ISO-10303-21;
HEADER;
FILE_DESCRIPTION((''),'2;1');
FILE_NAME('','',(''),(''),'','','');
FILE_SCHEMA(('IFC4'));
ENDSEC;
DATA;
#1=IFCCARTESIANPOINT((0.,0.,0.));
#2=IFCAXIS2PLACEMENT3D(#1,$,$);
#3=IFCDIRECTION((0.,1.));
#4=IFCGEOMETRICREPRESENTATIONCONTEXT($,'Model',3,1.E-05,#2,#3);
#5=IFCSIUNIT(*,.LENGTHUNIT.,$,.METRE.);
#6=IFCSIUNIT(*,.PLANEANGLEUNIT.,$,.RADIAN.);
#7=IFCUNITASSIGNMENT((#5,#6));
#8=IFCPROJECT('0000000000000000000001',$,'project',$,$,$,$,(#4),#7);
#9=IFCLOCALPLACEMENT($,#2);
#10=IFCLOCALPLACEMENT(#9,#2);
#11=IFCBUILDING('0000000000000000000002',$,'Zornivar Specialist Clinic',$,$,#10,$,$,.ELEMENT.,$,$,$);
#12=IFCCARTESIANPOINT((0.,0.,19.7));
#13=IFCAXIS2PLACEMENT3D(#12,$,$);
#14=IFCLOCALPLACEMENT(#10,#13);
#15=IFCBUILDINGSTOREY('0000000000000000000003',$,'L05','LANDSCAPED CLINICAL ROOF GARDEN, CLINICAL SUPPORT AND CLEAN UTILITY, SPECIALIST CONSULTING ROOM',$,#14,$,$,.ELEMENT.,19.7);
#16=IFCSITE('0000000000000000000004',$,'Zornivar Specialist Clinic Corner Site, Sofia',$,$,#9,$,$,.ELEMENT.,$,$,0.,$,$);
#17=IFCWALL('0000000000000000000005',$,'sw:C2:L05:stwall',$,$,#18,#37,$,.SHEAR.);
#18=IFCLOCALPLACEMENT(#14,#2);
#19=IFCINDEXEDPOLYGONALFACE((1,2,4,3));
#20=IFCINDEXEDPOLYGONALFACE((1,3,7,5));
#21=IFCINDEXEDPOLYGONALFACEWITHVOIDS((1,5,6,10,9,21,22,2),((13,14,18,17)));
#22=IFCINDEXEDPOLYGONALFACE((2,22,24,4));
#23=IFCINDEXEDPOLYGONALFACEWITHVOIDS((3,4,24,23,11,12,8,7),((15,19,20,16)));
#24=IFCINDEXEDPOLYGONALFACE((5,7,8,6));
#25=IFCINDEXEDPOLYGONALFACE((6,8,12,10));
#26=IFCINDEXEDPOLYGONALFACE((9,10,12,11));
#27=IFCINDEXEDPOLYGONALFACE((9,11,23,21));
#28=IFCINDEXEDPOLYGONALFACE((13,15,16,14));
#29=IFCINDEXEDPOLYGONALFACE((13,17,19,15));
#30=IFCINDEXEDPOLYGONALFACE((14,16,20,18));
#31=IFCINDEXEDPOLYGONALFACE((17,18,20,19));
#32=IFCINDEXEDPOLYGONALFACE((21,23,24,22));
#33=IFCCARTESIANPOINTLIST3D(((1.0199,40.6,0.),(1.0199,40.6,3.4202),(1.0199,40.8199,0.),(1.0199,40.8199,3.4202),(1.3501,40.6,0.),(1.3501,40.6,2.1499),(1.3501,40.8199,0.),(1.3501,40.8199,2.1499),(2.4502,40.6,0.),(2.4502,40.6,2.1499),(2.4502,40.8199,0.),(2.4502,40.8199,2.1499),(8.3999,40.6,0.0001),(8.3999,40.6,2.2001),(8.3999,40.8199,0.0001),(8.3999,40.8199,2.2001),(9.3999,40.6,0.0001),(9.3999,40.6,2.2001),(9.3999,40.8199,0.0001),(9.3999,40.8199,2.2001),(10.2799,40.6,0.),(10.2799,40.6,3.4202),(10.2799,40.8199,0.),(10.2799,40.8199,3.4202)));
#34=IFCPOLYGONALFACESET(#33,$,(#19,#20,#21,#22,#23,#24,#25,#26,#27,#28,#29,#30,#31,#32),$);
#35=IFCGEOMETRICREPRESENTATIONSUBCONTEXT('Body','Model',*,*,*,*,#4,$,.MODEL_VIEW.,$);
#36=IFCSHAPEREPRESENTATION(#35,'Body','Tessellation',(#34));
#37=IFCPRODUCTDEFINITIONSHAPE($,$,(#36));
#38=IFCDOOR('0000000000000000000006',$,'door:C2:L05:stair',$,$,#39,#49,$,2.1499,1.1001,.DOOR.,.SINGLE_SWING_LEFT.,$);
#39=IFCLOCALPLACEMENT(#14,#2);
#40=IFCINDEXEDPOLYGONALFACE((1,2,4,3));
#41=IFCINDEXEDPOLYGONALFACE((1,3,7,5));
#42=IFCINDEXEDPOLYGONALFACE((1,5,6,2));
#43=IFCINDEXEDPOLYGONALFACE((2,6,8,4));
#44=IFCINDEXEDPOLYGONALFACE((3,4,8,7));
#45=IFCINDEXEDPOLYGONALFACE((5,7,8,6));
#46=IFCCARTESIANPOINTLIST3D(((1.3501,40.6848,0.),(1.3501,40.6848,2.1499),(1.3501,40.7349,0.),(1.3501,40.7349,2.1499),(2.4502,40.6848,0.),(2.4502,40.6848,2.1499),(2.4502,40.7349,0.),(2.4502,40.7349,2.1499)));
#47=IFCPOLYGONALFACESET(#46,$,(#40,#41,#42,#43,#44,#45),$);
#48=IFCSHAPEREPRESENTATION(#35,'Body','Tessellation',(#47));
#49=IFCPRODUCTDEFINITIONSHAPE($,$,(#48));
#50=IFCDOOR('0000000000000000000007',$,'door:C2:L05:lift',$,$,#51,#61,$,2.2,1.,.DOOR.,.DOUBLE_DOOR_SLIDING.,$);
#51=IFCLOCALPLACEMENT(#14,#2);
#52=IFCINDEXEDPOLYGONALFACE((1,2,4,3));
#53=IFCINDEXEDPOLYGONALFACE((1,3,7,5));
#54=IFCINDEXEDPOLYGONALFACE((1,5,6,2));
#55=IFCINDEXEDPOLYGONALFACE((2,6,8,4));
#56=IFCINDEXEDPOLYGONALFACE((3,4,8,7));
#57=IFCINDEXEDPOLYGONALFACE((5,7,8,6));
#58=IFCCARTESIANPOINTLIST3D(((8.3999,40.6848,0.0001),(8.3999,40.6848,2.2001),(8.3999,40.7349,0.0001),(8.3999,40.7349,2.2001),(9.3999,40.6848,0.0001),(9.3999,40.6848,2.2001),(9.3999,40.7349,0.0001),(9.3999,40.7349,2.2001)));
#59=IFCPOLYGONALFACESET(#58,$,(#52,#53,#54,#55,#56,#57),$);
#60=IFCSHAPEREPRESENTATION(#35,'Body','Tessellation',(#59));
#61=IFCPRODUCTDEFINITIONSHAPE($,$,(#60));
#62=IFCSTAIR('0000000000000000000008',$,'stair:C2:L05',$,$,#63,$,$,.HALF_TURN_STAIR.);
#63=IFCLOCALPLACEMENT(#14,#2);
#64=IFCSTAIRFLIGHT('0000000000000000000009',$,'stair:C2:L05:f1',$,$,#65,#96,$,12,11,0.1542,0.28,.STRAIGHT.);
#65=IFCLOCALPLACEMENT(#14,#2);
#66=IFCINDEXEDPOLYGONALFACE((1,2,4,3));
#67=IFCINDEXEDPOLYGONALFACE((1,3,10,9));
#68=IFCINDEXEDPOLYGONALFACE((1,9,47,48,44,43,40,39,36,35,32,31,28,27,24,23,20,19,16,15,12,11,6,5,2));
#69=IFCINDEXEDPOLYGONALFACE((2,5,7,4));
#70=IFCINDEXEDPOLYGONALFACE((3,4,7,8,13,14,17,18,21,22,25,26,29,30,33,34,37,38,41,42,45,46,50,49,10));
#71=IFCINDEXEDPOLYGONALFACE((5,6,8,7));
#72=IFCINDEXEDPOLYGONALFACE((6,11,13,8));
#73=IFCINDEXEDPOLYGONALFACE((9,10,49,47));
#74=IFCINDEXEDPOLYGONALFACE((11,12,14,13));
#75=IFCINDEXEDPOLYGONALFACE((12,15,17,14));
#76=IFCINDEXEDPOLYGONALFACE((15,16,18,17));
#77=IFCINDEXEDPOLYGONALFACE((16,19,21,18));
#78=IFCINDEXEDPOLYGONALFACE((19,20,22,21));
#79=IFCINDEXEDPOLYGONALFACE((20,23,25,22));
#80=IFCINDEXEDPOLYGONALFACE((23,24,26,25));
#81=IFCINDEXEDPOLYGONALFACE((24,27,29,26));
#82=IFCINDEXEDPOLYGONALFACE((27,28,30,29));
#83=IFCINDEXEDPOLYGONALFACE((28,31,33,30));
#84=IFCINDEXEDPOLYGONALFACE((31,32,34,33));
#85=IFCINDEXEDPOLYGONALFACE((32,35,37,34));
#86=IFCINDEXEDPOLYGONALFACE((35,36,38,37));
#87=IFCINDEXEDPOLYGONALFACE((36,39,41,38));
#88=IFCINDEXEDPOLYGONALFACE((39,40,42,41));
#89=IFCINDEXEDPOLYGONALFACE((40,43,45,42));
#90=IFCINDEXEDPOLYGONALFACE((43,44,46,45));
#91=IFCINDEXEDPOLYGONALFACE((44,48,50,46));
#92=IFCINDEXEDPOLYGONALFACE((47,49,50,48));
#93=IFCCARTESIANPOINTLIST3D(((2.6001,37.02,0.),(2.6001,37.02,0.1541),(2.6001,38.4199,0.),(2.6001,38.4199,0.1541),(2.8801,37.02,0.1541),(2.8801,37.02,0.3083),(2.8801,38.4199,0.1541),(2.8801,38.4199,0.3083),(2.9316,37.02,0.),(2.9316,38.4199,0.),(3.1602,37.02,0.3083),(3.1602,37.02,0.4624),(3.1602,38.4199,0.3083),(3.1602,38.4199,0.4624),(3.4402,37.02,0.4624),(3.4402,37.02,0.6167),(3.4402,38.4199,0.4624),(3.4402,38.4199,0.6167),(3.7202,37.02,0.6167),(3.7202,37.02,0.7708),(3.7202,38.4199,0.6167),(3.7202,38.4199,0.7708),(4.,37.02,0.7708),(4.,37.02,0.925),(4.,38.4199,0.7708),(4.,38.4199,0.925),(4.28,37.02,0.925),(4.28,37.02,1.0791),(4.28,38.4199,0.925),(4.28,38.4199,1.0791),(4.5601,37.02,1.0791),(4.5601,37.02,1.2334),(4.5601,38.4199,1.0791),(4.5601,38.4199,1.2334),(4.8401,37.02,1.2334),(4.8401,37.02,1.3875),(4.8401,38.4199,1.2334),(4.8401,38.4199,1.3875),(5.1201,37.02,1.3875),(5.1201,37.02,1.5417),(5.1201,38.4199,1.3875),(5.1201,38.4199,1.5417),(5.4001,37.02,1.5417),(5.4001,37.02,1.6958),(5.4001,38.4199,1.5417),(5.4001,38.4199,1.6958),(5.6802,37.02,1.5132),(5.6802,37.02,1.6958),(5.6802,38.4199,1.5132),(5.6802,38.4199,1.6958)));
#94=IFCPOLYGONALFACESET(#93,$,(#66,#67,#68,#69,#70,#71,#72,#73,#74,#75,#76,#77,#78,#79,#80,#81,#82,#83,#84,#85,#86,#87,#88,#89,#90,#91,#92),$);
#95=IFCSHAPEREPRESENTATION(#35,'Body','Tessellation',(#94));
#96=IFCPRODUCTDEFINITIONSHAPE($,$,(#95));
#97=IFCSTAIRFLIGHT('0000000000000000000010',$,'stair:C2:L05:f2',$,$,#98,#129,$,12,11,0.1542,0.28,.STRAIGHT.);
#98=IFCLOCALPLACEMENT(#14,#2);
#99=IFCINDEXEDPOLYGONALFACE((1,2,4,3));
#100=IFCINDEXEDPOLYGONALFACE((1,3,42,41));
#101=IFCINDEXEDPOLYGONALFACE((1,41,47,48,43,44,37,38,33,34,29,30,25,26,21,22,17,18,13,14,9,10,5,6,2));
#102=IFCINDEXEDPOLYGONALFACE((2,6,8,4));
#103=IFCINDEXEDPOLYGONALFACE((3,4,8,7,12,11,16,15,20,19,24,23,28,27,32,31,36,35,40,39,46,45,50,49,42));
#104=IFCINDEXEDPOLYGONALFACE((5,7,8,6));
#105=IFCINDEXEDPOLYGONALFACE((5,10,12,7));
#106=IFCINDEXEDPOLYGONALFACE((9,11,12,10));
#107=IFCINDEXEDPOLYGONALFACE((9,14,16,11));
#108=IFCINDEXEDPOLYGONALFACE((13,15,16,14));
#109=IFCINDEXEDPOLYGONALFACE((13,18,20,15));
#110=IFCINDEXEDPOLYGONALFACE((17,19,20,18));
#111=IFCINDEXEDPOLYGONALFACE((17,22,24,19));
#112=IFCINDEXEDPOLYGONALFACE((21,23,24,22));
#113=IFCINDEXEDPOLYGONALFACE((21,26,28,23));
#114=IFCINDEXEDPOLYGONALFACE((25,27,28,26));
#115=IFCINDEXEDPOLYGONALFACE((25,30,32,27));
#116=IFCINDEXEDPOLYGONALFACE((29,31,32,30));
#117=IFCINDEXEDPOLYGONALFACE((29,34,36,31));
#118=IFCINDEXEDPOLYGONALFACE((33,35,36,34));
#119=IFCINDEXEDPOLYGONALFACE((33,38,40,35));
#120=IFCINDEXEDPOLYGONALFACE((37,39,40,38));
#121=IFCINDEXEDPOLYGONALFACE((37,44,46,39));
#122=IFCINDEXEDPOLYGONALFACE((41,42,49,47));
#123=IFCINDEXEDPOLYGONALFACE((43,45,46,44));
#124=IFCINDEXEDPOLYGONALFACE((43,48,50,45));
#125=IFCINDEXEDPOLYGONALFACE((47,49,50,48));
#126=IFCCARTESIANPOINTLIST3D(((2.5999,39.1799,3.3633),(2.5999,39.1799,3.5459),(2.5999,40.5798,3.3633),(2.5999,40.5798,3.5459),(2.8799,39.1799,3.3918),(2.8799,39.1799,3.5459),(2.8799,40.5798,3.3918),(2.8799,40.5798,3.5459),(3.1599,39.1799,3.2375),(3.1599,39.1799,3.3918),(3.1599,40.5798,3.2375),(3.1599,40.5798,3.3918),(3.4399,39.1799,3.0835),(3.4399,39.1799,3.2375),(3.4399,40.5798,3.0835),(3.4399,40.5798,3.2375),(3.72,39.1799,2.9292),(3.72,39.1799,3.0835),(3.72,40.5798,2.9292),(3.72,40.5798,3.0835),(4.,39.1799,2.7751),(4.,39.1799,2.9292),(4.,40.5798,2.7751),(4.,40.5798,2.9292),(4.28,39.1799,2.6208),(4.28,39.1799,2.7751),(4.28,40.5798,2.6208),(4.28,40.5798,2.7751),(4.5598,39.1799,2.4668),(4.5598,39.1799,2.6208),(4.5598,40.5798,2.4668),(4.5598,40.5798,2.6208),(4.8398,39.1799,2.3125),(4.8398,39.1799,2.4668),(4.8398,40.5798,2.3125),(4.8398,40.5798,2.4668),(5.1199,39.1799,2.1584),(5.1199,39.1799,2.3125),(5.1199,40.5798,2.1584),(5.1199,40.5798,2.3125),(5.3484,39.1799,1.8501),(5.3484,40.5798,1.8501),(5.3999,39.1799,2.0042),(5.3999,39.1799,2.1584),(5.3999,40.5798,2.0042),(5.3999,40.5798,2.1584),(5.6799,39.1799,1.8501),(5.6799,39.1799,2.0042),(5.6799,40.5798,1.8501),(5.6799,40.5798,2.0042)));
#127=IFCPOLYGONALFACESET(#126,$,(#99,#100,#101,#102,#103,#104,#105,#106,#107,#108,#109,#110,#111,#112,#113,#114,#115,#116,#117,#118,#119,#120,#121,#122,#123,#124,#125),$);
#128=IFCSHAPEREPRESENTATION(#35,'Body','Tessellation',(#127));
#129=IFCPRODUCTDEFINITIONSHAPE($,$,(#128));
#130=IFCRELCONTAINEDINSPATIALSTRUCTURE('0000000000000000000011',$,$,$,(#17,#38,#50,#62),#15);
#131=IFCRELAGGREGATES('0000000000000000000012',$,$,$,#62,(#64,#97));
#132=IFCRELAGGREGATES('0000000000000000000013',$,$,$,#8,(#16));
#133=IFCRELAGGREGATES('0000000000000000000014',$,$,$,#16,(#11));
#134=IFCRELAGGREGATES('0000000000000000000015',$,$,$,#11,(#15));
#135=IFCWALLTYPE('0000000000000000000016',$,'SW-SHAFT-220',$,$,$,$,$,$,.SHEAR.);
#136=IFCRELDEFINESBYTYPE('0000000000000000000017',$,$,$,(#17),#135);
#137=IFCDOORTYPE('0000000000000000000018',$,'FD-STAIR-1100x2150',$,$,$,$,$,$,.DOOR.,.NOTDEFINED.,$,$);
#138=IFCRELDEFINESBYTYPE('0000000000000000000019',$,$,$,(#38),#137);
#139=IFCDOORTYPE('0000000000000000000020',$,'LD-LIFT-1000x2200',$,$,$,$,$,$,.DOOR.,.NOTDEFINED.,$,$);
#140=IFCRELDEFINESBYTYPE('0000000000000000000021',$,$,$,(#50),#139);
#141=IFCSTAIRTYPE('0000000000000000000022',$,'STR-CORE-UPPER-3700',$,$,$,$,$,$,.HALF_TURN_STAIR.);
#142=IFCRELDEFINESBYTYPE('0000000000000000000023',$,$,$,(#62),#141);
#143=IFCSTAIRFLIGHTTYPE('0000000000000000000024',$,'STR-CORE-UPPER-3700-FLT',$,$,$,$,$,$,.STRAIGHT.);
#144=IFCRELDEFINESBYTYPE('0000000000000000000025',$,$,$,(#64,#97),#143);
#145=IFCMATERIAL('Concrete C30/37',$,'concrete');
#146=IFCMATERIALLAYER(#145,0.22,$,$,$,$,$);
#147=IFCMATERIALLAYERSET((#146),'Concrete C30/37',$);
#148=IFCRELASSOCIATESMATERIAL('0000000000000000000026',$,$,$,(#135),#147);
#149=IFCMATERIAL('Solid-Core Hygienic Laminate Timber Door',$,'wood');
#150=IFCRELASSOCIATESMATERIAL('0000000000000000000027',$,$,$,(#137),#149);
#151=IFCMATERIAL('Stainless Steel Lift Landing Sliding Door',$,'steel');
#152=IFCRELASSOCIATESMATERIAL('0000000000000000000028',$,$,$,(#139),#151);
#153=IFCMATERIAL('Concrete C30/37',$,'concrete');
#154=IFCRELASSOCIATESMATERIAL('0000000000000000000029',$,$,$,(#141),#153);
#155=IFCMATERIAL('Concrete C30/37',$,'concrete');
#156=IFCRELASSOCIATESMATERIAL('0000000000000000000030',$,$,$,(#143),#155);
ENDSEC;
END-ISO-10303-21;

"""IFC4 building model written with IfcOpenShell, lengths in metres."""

from ifc_helpers import new_model, si_unit, direction, frame, frame_2d, origin, place, context, subcontext, project, spatial, polyline, rectangle, outline, extrude, material, layer, layer_set, type_object, element, fill, aggregate, save


model = new_model("IFC4")

# Units and contexts
model_context = context("Model", 3, precision=1e-05, world=origin(), true_north=direction((0.0, 1.0)))
body_context = subcontext(model_context, "Body", "Model", "MODEL_VIEW")
ifc_project = project(units=[si_unit("LENGTHUNIT", "METRE"), si_unit("PLANEANGLEUNIT", "RADIAN")], contexts=[model_context])

# Site, building, storey
site_placement = place(None, origin())
site = spatial("IfcSite", under=ifc_project, at=site_placement, Name="Zornivar Specialist Clinic Corner Site, Sofia", CompositionType="ELEMENT", RefElevation=0.0)
building_placement = place(site_placement, origin())
building = spatial("IfcBuilding", under=site, at=building_placement, Name="Zornivar Specialist Clinic", CompositionType="ELEMENT")
storey_placement = place(building_placement, frame((0.0, 0.0, 19.7)))
storey = spatial("IfcBuildingStorey", under=building, at=storey_placement, Name="L05", Description="LANDSCAPED CLINICAL ROOF GARDEN, CLINICAL SUPPORT AND CLEAN UTILITY, SPECIALIST CONSULTING ROOM", CompositionType="ELEMENT", Elevation=19.7)

# Wall, openings, doors
ifc_material_1 = material(Name="Concrete C30/37", Category="concrete")
ifc_layer_1 = layer(ifc_material_1, 0.22)
ifc_layer_set_1 = layer_set([ifc_layer_1], Name="Concrete C30/37")
wall_type_1 = type_object("IfcWallType", Name="SW-SHAFT-220", PredefinedType="SHEAR", material=ifc_layer_set_1)
wall_1_placement = place(storey_placement, frame((1.02, 40.71, 0.0), z_axis=(0.0, 0.0, 1.0), x_axis=(1.0, 0.0, 0.0)))
wall_1 = element("IfcWall", 1, at=wall_1_placement, inside=storey, type_object=wall_type_1, Name="sw:C2:L05:stwall", PredefinedType="SHEAR", context=body_context, shape_type="SweptSolid", body=[
    extrude(rectangle(XDim=9.26, YDim=0.22, at=frame_2d((4.6299, 0.0))), origin(), (0.0, 0.0, 1.0), 3.4202),
])
opening_1_placement = place(wall_1_placement, frame((0.3301, 0.0, 0.0)))
opening_1 = element("IfcOpeningElement", 2, at=opening_1_placement, cuts=wall_1, PredefinedType="OPENING", context=body_context, shape_type="SweptSolid", body=[
    extrude(rectangle(XDim=1.1001, YDim=2.1499, at=frame_2d((0.55, 1.075))), frame((0.0, 0.1199, 0.0), z_axis=(0.0, -1.0, 0.0), x_axis=(1.0, 0.0, 0.0)), (0.0, 0.0, 1.0), 0.24),
])
opening_2_placement = place(wall_1_placement, frame((7.3799, 0.0, 0.0)))
opening_2 = element("IfcOpeningElement", 3, at=opening_2_placement, cuts=wall_1, PredefinedType="OPENING", context=body_context, shape_type="SweptSolid", body=[
    extrude(rectangle(XDim=1.0, YDim=2.2, at=frame_2d((0.5, 1.1001))), frame((0.0, 0.1199, 0.0), z_axis=(0.0, -1.0, 0.0), x_axis=(1.0, 0.0, 0.0)), (0.0, 0.0, 1.0), 0.24),
])
ifc_material_2 = material(Name="Solid-Core Hygienic Laminate Timber Door", Category="wood")
door_type_1 = type_object("IfcDoorType", Name="FD-STAIR-1100x2150", OperationType="NOTDEFINED", PredefinedType="DOOR", material=ifc_material_2)
door_1_placement = place(opening_1_placement, origin())
door_1 = element("IfcDoor", 4, at=door_1_placement, inside=storey, type_object=door_type_1, Name="door:C2:L05:stair", OperationType="SINGLE_SWING_LEFT", OverallHeight=2.1499, OverallWidth=1.1001, PredefinedType="DOOR", context=body_context, shape_type="SweptSolid", body=[
    extrude(rectangle(XDim=1.1001, YDim=2.1499, at=frame_2d((0.55, 1.075))), frame((0.0, 0.0249, 0.0), z_axis=(0.0, -1.0, 0.0), x_axis=(1.0, 0.0, 0.0)), (0.0, 0.0, 1.0), 0.05),
])
fill(opening_1, door_1)
ifc_material_3 = material(Name="Stainless Steel Lift Landing Sliding Door", Category="steel")
door_type_2 = type_object("IfcDoorType", Name="LD-LIFT-1000x2200", OperationType="NOTDEFINED", PredefinedType="DOOR", material=ifc_material_3)
door_2_placement = place(opening_2_placement, origin())
door_2 = element("IfcDoor", 5, at=door_2_placement, inside=storey, type_object=door_type_2, Name="door:C2:L05:lift", OperationType="DOUBLE_DOOR_SLIDING", OverallHeight=2.2, OverallWidth=1.0, PredefinedType="DOOR", context=body_context, shape_type="SweptSolid", body=[
    extrude(rectangle(XDim=1.0, YDim=2.2, at=frame_2d((0.5, 1.1001))), frame((0.0, 0.0249, 0.0), z_axis=(0.0, -1.0, 0.0), x_axis=(1.0, 0.0, 0.0)), (0.0, 0.0, 1.0), 0.05),
])
fill(opening_2, door_2)

# Stair, stair flights
ifc_material_4 = material(Name="Concrete C30/37", Category="concrete")
stair_type = type_object("IfcStairType", Name="STR-CORE-UPPER-3700", PredefinedType="HALF_TURN_STAIR", material=ifc_material_4)
stair_placement = place(storey_placement, origin())
stair = element("IfcStair", 6, at=stair_placement, inside=storey, type_object=stair_type, Name="stair:C2:L05", PredefinedType="HALF_TURN_STAIR")
ifc_material_5 = material(Name="Concrete C30/37", Category="concrete")
stair_flight_type = type_object("IfcStairFlightType", Name="STR-CORE-UPPER-3700-FLT", PredefinedType="STRAIGHT", material=ifc_material_5)
stair_flight_1_placement = place(storey_placement, frame((2.6001, 37.72, 0.0), z_axis=(0.0, 0.0, 1.0), x_axis=(1.0, 0.0, 0.0)))
stair_flight_1 = element("IfcStairFlight", 7, at=stair_flight_1_placement, type_object=stair_flight_type, Name="stair:C2:L05:f1", NumberOfRisers=12, NumberOfTreads=11, PredefinedType="STRAIGHT", RiserHeight=0.1542, TreadLength=0.28, context=body_context, shape_type="SweptSolid", body=[
    extrude(outline(polyline([(0.0, 0.0), (0.0, 0.1541), (0.28, 0.1541), (0.28, 0.3083), (0.5601, 0.3083), (0.5601, 0.4624), (0.8401, 0.4624), (0.8401, 0.6167), (1.1201, 0.6167), (1.1201, 0.7708), (1.3999, 0.7708), (1.3999, 0.925), (1.6799, 0.925), (1.6799, 1.0791), (1.96, 1.0791), (1.96, 1.2334), (2.24, 1.2334), (2.24, 1.3875), (2.52, 1.3875), (2.52, 1.5417), (2.8, 1.5417), (2.8, 1.6958), (3.0801, 1.6958), (3.0801, 1.8501), (3.0801, 1.5132), (0.3315, 0.0), (0.0, 0.0)])), frame((0.0, 0.7, 0.0), z_axis=(0.0, -1.0, 0.0), x_axis=(1.0, 0.0, 0.0)), (0.0, 0.0, 1.0), 1.3999),
])
stair_flight_2_placement = place(storey_placement, frame((5.6799, 39.8799, 1.8501), z_axis=(0.0, 0.0, 1.0), x_axis=(-1.0, 0.0, 0.0)))
stair_flight_2 = element("IfcStairFlight", 8, at=stair_flight_2_placement, type_object=stair_flight_type, Name="stair:C2:L05:f2", NumberOfRisers=12, NumberOfTreads=11, PredefinedType="STRAIGHT", RiserHeight=0.1542, TreadLength=0.28, context=body_context, shape_type="SweptSolid", body=[
    extrude(outline(polyline([(0.0, 0.0), (0.0, 0.1541), (0.28, 0.1541), (0.28, 0.3083), (0.5601, 0.3083), (0.5601, 0.4624), (0.8401, 0.4624), (0.8401, 0.6167), (1.1201, 0.6167), (1.1201, 0.7708), (1.3999, 0.7708), (1.3999, 0.925), (1.6799, 0.925), (1.6799, 1.0791), (1.96, 1.0791), (1.96, 1.2334), (2.24, 1.2334), (2.24, 1.3875), (2.52, 1.3875), (2.52, 1.5417), (2.8, 1.5417), (2.8, 1.6958), (3.0801, 1.6958), (3.0801, 1.8501), (3.0801, 1.5132), (0.3315, 0.0), (0.0, 0.0)])), frame((0.0, 0.7, 0.0), z_axis=(0.0, -1.0, 0.0), x_axis=(1.0, 0.0, 0.0)), (0.0, 0.0, 1.0), 1.3999),
])
aggregate(stair, [stair_flight_1, stair_flight_2])

save(model, "model.ifc")
